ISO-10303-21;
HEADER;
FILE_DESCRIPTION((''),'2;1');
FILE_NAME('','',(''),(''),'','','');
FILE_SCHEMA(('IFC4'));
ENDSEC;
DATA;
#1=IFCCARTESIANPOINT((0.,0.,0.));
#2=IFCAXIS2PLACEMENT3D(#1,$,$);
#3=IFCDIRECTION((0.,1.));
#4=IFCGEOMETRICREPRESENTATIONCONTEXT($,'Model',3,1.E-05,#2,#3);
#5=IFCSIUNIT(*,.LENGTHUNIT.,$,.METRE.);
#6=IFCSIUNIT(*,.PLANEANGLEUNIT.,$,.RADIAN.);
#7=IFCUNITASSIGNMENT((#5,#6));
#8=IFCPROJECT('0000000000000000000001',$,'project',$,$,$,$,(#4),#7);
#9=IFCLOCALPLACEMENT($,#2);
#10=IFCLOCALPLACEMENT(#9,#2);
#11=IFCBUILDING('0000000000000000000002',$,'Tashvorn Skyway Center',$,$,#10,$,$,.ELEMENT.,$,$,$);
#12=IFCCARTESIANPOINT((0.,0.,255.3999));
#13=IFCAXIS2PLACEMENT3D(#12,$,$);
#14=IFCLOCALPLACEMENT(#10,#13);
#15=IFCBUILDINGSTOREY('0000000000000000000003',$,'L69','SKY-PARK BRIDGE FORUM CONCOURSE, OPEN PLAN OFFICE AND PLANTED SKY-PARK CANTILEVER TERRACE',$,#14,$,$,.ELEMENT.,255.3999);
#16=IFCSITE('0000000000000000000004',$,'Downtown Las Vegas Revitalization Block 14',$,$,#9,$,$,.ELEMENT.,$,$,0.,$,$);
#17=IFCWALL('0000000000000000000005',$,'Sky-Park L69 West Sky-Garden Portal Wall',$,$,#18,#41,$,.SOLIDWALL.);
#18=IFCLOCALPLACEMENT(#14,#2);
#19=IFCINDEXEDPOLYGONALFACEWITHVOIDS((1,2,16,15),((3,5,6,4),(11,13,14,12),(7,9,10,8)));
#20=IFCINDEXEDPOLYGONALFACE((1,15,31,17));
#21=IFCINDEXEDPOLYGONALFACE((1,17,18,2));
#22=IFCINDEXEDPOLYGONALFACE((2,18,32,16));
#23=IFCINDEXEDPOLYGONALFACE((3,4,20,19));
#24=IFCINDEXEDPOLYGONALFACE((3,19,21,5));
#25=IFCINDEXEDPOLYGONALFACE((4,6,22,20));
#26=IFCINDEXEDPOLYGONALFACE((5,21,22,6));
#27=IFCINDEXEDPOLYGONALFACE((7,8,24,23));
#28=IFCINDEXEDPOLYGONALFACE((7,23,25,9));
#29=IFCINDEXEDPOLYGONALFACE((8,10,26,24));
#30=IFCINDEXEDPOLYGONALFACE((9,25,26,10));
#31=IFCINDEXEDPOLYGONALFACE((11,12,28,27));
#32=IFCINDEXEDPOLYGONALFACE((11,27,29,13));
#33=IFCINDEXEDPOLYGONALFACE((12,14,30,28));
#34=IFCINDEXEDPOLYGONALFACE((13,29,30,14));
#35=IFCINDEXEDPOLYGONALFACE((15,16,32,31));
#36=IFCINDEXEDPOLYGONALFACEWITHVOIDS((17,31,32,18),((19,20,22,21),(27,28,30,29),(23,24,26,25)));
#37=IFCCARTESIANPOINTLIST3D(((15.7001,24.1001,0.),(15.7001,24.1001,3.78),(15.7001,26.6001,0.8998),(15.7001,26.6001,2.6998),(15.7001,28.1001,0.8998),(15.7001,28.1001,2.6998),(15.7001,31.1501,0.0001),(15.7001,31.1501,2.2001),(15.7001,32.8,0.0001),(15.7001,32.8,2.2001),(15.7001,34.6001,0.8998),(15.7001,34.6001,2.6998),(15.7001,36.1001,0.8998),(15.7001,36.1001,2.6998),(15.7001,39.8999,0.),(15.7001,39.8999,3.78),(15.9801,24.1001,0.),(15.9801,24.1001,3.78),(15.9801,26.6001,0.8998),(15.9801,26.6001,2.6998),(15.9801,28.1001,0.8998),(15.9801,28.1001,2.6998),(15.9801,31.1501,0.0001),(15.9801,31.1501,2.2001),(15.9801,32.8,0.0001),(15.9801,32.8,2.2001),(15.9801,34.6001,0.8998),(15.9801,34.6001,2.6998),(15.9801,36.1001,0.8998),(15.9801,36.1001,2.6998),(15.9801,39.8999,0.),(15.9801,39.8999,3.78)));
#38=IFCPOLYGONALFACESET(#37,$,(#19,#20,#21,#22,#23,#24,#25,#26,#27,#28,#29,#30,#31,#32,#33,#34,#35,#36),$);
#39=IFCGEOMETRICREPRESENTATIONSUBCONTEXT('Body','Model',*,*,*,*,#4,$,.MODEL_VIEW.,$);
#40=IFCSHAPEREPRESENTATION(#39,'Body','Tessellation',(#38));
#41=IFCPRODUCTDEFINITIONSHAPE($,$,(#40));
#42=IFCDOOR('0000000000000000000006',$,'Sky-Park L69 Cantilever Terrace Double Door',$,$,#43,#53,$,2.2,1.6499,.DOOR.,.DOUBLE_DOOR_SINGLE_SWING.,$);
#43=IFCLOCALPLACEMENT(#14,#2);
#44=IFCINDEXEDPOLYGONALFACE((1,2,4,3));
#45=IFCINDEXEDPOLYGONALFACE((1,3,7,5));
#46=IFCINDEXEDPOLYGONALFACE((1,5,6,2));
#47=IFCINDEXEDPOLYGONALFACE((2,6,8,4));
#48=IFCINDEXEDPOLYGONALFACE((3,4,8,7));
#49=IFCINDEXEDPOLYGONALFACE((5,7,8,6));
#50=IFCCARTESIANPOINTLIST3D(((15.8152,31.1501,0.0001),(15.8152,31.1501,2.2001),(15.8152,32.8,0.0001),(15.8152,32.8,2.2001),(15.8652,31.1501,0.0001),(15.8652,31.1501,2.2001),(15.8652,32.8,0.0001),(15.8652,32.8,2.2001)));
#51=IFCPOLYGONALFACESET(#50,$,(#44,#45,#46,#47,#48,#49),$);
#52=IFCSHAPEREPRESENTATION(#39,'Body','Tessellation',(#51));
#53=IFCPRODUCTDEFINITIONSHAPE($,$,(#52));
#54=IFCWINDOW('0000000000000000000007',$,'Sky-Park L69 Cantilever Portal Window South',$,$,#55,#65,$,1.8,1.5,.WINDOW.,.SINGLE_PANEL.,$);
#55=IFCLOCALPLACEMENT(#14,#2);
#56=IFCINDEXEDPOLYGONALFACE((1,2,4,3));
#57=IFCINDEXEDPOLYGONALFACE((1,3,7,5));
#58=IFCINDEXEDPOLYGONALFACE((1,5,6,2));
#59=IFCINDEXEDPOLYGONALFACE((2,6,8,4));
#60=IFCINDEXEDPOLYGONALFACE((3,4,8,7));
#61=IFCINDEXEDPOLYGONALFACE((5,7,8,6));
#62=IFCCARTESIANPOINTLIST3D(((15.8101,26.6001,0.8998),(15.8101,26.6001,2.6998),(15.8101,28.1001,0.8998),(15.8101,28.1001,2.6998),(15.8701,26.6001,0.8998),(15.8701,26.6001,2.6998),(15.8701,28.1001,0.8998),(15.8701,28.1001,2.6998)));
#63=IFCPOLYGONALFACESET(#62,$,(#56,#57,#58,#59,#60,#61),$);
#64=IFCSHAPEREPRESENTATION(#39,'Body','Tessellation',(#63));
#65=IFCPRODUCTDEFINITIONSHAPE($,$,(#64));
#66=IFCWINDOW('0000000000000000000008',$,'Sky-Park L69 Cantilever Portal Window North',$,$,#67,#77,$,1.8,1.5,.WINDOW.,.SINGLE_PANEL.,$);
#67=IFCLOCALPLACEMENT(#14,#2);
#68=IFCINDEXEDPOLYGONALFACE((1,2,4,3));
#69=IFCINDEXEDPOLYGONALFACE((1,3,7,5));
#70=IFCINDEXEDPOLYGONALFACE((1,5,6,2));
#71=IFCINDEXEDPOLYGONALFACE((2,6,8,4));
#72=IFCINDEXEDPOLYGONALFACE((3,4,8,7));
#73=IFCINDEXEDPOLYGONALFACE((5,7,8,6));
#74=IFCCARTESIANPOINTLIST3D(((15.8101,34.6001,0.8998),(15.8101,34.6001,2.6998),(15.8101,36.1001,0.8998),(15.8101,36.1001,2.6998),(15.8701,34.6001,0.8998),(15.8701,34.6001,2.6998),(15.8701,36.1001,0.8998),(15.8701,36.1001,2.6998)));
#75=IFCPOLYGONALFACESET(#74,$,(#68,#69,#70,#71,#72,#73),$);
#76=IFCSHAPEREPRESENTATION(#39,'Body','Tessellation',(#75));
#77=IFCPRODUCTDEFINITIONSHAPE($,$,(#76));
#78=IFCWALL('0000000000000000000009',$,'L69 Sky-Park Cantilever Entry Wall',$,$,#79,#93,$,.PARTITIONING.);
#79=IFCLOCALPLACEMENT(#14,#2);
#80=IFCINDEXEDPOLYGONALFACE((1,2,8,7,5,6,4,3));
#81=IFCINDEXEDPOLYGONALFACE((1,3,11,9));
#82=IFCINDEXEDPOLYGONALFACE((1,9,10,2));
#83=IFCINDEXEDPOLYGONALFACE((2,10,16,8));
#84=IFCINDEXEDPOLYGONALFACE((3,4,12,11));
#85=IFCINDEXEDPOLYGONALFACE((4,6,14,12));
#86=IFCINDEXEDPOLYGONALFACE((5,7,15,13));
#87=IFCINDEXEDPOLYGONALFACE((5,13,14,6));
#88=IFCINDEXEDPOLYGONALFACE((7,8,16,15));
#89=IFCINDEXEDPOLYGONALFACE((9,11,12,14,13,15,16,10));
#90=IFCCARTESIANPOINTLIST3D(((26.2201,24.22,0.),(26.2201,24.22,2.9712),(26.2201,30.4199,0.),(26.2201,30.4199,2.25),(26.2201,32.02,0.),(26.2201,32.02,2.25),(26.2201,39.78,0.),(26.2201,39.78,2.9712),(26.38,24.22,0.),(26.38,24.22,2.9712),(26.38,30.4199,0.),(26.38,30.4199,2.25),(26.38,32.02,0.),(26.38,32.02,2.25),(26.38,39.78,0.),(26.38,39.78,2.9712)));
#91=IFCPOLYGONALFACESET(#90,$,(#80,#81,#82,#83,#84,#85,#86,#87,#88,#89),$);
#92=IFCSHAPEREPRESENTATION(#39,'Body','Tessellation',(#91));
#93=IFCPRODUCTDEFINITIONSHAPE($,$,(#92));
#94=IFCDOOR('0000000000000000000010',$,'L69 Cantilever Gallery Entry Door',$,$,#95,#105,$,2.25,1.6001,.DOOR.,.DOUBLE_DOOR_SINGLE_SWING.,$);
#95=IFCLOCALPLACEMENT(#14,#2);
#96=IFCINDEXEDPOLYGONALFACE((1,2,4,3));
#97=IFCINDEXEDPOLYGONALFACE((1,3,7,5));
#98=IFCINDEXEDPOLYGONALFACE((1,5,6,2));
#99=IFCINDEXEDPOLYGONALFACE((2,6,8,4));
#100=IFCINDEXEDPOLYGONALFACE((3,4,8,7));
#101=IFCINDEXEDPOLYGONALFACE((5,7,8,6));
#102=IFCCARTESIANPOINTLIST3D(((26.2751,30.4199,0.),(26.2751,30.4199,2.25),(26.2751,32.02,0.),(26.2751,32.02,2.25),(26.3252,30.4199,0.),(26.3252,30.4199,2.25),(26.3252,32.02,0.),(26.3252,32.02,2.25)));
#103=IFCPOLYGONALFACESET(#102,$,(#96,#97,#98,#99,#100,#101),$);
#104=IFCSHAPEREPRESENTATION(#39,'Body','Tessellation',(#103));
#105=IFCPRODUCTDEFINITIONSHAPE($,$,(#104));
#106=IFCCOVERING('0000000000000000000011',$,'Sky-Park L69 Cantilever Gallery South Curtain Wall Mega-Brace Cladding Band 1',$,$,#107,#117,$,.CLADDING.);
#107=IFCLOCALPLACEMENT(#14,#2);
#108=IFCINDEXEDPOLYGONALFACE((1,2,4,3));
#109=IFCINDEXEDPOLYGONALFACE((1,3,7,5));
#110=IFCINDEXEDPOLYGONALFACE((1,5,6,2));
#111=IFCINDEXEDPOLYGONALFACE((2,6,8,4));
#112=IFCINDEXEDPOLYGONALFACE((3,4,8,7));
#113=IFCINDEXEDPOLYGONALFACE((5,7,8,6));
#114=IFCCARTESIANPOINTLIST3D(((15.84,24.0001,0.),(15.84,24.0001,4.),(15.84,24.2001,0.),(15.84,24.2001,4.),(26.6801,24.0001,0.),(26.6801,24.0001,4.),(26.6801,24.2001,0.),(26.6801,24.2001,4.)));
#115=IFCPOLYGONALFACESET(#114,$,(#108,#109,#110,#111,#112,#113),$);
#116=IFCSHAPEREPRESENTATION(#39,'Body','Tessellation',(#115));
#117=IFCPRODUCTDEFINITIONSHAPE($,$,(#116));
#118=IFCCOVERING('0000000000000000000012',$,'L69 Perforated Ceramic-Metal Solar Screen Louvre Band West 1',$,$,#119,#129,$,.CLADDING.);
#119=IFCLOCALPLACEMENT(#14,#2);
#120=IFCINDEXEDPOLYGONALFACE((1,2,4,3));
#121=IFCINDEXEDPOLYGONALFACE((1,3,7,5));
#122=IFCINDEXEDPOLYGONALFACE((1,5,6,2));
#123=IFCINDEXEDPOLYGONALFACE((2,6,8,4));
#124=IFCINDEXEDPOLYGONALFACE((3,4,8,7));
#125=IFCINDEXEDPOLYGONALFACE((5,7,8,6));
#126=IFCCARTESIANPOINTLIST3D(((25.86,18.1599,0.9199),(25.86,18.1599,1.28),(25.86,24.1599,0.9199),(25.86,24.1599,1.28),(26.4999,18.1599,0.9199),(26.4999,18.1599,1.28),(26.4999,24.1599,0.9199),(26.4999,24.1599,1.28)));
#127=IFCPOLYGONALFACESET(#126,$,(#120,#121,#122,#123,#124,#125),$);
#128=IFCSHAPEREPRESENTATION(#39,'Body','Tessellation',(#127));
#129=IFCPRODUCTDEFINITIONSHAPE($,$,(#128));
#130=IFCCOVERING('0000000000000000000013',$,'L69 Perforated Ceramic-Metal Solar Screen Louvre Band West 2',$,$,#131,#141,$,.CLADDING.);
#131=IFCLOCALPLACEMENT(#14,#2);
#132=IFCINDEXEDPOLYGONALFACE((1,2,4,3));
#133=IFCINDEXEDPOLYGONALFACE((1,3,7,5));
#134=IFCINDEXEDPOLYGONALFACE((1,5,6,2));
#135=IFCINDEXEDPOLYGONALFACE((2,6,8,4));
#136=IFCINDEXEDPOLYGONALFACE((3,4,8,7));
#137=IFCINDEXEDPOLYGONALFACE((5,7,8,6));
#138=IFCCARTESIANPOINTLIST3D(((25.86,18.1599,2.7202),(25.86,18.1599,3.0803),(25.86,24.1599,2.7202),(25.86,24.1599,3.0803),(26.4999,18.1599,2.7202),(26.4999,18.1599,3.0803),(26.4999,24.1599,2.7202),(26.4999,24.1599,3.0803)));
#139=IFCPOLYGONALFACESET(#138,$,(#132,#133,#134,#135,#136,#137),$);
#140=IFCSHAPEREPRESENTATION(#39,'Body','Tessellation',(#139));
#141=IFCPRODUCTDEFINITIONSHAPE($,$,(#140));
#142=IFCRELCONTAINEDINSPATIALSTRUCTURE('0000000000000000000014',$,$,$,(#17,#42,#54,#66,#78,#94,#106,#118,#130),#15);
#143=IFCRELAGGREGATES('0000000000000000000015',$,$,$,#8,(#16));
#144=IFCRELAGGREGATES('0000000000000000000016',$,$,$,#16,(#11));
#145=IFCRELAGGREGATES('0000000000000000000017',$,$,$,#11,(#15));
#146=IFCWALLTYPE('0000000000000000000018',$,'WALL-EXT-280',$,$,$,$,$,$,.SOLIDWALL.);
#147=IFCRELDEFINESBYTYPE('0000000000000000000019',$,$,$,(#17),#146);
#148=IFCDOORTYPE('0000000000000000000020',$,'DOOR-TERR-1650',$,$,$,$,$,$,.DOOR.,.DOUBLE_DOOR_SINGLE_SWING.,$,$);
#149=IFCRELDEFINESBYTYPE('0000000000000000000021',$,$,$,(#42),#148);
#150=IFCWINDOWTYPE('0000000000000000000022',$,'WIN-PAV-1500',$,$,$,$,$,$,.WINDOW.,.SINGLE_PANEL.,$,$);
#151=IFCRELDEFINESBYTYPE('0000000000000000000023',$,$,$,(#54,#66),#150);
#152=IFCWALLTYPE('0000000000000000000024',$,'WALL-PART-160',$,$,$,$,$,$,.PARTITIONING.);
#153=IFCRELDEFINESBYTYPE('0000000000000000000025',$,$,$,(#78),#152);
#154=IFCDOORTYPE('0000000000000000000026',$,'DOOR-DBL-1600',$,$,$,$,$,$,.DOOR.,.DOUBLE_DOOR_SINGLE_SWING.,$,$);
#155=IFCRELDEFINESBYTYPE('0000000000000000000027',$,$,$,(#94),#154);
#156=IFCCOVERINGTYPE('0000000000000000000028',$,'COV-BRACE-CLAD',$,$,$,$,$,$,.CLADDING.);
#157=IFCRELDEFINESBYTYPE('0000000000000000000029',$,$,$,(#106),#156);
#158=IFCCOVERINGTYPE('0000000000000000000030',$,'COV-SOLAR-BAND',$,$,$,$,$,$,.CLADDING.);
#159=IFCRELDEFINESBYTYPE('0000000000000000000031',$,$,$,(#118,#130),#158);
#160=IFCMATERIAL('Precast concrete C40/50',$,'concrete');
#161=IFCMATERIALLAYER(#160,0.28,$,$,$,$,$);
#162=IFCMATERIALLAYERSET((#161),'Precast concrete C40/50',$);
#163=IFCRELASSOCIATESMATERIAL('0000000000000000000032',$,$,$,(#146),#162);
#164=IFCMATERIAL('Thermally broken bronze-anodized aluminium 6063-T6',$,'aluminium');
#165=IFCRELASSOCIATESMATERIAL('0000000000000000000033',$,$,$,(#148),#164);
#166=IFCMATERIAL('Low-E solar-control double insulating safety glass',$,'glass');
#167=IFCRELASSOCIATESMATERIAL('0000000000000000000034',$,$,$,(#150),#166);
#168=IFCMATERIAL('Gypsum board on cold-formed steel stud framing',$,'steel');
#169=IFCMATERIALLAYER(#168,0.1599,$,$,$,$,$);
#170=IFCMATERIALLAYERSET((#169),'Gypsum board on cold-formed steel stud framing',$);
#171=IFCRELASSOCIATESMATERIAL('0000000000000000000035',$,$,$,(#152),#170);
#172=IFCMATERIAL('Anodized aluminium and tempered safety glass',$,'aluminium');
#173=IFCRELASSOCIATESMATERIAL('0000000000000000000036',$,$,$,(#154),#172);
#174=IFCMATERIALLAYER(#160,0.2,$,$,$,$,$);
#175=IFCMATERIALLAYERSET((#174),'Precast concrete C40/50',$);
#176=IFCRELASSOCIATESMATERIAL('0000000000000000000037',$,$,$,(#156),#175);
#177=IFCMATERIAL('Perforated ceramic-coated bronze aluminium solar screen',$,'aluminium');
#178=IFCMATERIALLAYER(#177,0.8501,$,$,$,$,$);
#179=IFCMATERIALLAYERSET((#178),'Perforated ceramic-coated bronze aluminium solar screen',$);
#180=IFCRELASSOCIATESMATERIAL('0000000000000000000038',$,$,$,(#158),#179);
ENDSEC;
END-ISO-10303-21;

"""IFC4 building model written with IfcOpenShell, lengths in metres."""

from ifc_helpers import new_model, si_unit, direction, frame, frame_2d, origin, origin_2d, place, context, subcontext, project, spatial, rectangle, extrude, material, layer, layer_set, type_object, element, fill, save


model = new_model("IFC4")

# Units and contexts
model_context = context("Model", 3, precision=1e-05, world=origin(), true_north=direction((0.0, 1.0)))
body_context = subcontext(model_context, "Body", "Model", "MODEL_VIEW")
ifc_project = project(units=[si_unit("LENGTHUNIT", "METRE"), si_unit("PLANEANGLEUNIT", "RADIAN")], contexts=[model_context])

# Site, building, storey
site_placement = place(None, origin())
site = spatial("IfcSite", under=ifc_project, at=site_placement, Name="Downtown Las Vegas Revitalization Block 14", CompositionType="ELEMENT", RefElevation=0.0)
building_placement = place(site_placement, origin())
building = spatial("IfcBuilding", under=site, at=building_placement, Name="Tashvorn Skyway Center", CompositionType="ELEMENT")
storey_placement = place(building_placement, frame((0.0, 0.0, 255.3999)))
storey = spatial("IfcBuildingStorey", under=building, at=storey_placement, Name="L69", Description="SKY-PARK BRIDGE FORUM CONCOURSE, OPEN PLAN OFFICE AND PLANTED SKY-PARK CANTILEVER TERRACE", CompositionType="ELEMENT", Elevation=255.3999)

# Shared definitions
ifc_material_1 = material(Name="Thermally broken bronze-anodized aluminium 6063-T6", Category="aluminium")

# Shared definitions
ifc_material_2 = material(Name="Low-E solar-control double insulating safety glass", Category="glass")

# Wall, openings, door, windows
ifc_material_3 = material(Name="Precast concrete C40/50", Category="concrete")
ifc_layer_1 = layer(ifc_material_3, 0.28)
ifc_layer_set_1 = layer_set([ifc_layer_1], Name="Precast concrete C40/50")
wall_type_1 = type_object("IfcWallType", Name="WALL-EXT-280", PredefinedType="SOLIDWALL", material=ifc_layer_set_1)
wall_1_placement = place(storey_placement, frame((15.8401, 24.1001, 0.0), z_axis=(0.0, 0.0, 1.0), x_axis=(0.0, 1.0, 0.0)))
wall_1 = element("IfcWall", 1, at=wall_1_placement, inside=storey, type_object=wall_type_1, Name="Sky-Park L69 West Sky-Garden Portal Wall", PredefinedType="SOLIDWALL", context=body_context, shape_type="SweptSolid", body=[
    extrude(rectangle(XDim=15.7998, YDim=0.28, at=frame_2d((7.8999, 0.0))), origin(), (0.0, 0.0, 1.0), 3.78),
])
opening_1_placement = place(wall_1_placement, frame((7.05, 0.0, 0.0)))
opening_1 = element("IfcOpeningElement", 2, at=opening_1_placement, cuts=wall_1, PredefinedType="OPENING", context=body_context, shape_type="SweptSolid", body=[
    extrude(rectangle(XDim=1.6499, YDim=2.2, at=frame_2d((0.825, 1.1001))), frame((0.0, 0.1499, 0.0), z_axis=(0.0, -1.0, 0.0), x_axis=(1.0, 0.0, 0.0)), (0.0, 0.0, 1.0), 0.3),
])
opening_2_placement = place(wall_1_placement, frame((2.5, 0.0, 0.8999)))
opening_2 = element("IfcOpeningElement", 3, at=opening_2_placement, cuts=wall_1, PredefinedType="OPENING", context=body_context, shape_type="SweptSolid", body=[
    extrude(rectangle(XDim=1.5, YDim=1.8, at=frame_2d((0.75, 0.8999))), frame((0.0, 0.1499, 0.0), z_axis=(0.0, -1.0, 0.0), x_axis=(1.0, 0.0, 0.0)), (0.0, 0.0, 1.0), 0.3),
])
opening_3_placement = place(wall_1_placement, frame((10.5, 0.0, 0.8999)))
opening_3 = element("IfcOpeningElement", 4, at=opening_3_placement, cuts=wall_1, PredefinedType="OPENING", context=body_context, shape_type="SweptSolid", body=[
    extrude(rectangle(XDim=1.5, YDim=1.8, at=frame_2d((0.75, 0.8999))), frame((0.0, 0.1499, 0.0), z_axis=(0.0, -1.0, 0.0), x_axis=(1.0, 0.0, 0.0)), (0.0, 0.0, 1.0), 0.3),
])
door_type_1 = type_object("IfcDoorType", Name="DOOR-TERR-1650", OperationType="DOUBLE_DOOR_SINGLE_SWING", PredefinedType="DOOR", material=ifc_material_1)
door_1_placement = place(opening_1_placement, origin())
door_1 = element("IfcDoor", 5, at=door_1_placement, inside=storey, type_object=door_type_1, Name="Sky-Park L69 Cantilever Terrace Double Door", OperationType="DOUBLE_DOOR_SINGLE_SWING", OverallHeight=2.2, OverallWidth=1.6499, PredefinedType="DOOR", context=body_context, shape_type="SweptSolid", body=[
    extrude(rectangle(XDim=1.6499, YDim=2.2, at=frame_2d((0.825, 1.1001))), frame((0.0, 0.0249, 0.0), z_axis=(0.0, -1.0, 0.0), x_axis=(1.0, 0.0, 0.0)), (0.0, 0.0, 1.0), 0.05),
])
fill(opening_1, door_1)
window_type = type_object("IfcWindowType", Name="WIN-PAV-1500", PartitioningType="SINGLE_PANEL", PredefinedType="WINDOW", material=ifc_material_2)
window_1_placement = place(opening_2_placement, origin())
window_1 = element("IfcWindow", 6, at=window_1_placement, inside=storey, type_object=window_type, Name="Sky-Park L69 Cantilever Portal Window South", OverallHeight=1.8, OverallWidth=1.5, PartitioningType="SINGLE_PANEL", PredefinedType="WINDOW", context=body_context, shape_type="SweptSolid", body=[
    extrude(rectangle(XDim=1.5, YDim=1.8, at=frame_2d((0.75, 0.8999))), frame((0.0, 0.03, 0.0), z_axis=(0.0, -1.0, 0.0), x_axis=(1.0, 0.0, 0.0)), (0.0, 0.0, 1.0), 0.0601),
])
fill(opening_2, window_1)
window_2_placement = place(opening_3_placement, origin())
window_2 = element("IfcWindow", 7, at=window_2_placement, inside=storey, type_object=window_type, Name="Sky-Park L69 Cantilever Portal Window North", OverallHeight=1.8, OverallWidth=1.5, PartitioningType="SINGLE_PANEL", PredefinedType="WINDOW", context=body_context, shape_type="SweptSolid", body=[
    extrude(rectangle(XDim=1.5, YDim=1.8, at=frame_2d((0.75, 0.8999))), frame((0.0, 0.03, 0.0), z_axis=(0.0, -1.0, 0.0), x_axis=(1.0, 0.0, 0.0)), (0.0, 0.0, 1.0), 0.0601),
])
fill(opening_3, window_2)

# Wall, opening, door
ifc_material_4 = material(Name="Gypsum board on cold-formed steel stud framing", Category="steel")
ifc_layer_2 = layer(ifc_material_4, 0.1599)
ifc_layer_set_2 = layer_set([ifc_layer_2], Name="Gypsum board on cold-formed steel stud framing")
wall_type_2 = type_object("IfcWallType", Name="WALL-PART-160", PredefinedType="PARTITIONING", material=ifc_layer_set_2)
wall_2_placement = place(storey_placement, frame((26.3, 24.22, 0.0), z_axis=(0.0, 0.0, 1.0), x_axis=(0.0, 1.0, 0.0)))
wall_2 = element("IfcWall", 8, at=wall_2_placement, inside=storey, type_object=wall_type_2, Name="L69 Sky-Park Cantilever Entry Wall", PredefinedType="PARTITIONING", context=body_context, shape_type="SweptSolid", body=[
    extrude(rectangle(XDim=15.5601, YDim=0.1599, at=frame_2d((7.78, 0.0))), origin(), (0.0, 0.0, 1.0), 2.9712),
])
opening_4_placement = place(wall_2_placement, frame((6.2, 0.0, 0.0)))
opening_4 = element("IfcOpeningElement", 9, at=opening_4_placement, cuts=wall_2, PredefinedType="OPENING", context=body_context, shape_type="SweptSolid", body=[
    extrude(rectangle(XDim=1.6001, YDim=2.25, at=frame_2d((0.8, 1.125))), frame((0.0, 0.0898, 0.0), z_axis=(0.0, -1.0, 0.0), x_axis=(1.0, 0.0, 0.0)), (0.0, 0.0, 1.0), 0.1799),
])
ifc_material_5 = material(Name="Anodized aluminium and tempered safety glass", Category="aluminium")
door_type_2 = type_object("IfcDoorType", Name="DOOR-DBL-1600", OperationType="DOUBLE_DOOR_SINGLE_SWING", PredefinedType="DOOR", material=ifc_material_5)
door_2_placement = place(opening_4_placement, origin())
door_2 = element("IfcDoor", 10, at=door_2_placement, inside=storey, type_object=door_type_2, Name="L69 Cantilever Gallery Entry Door", OperationType="DOUBLE_DOOR_SINGLE_SWING", OverallHeight=2.25, OverallWidth=1.6001, PredefinedType="DOOR", context=body_context, shape_type="SweptSolid", body=[
    extrude(rectangle(XDim=1.6001, YDim=2.25, at=frame_2d((0.8, 1.125))), frame((0.0, 0.0249, 0.0), z_axis=(0.0, -1.0, 0.0), x_axis=(1.0, 0.0, 0.0)), (0.0, 0.0, 1.0), 0.05),
])
fill(opening_4, door_2)

# Coverings
ifc_layer_3 = layer(ifc_material_3, 0.2)
ifc_layer_set_3 = layer_set([ifc_layer_3], Name="Precast concrete C40/50")
covering_type_1 = type_object("IfcCoveringType", Name="COV-BRACE-CLAD", PredefinedType="CLADDING", material=ifc_layer_set_3)
covering_placement = place(storey_placement, frame((21.26, 24.1001, 0.0), z_axis=(0.0, 0.0, 1.0), x_axis=(-1.0, 0.0, 0.0)))
element("IfcCovering", 11, at=covering_placement, inside=storey, type_object=covering_type_1, Name="Sky-Park L69 Cantilever Gallery South Curtain Wall Mega-Brace Cladding Band 1", PredefinedType="CLADDING", context=body_context, shape_type="SweptSolid", body=[
    extrude(rectangle(XDim=10.8401, YDim=0.2, at=origin_2d()), origin(), (0.0, 0.0, 1.0), 4.0),
])
ifc_material_6 = material(Name="Perforated ceramic-coated bronze aluminium solar screen", Category="aluminium")
ifc_layer_4 = layer(ifc_material_6, 0.8501)
ifc_layer_set_4 = layer_set([ifc_layer_4], Name="Perforated ceramic-coated bronze aluminium solar screen")
covering_type_2 = type_object("IfcCoveringType", Name="COV-SOLAR-BAND", PredefinedType="CLADDING", material=ifc_layer_set_4)
for number, where, z_axis, x_axis, name in (
    (12, (26.1799, 21.1599, 0.9199), (0.0, 0.0, 1.0), (0.0, 1.0, 0.0), "L69 Perforated Ceramic-Metal Solar Screen Louvre Band West 1"),
    (13, (26.1799, 21.1599, 2.7202), (0.0, 0.0, 1.0), (0.0, 1.0, 0.0), "L69 Perforated Ceramic-Metal Solar Screen Louvre Band West 2"),
):
    element("IfcCovering", number, at=place(storey_placement, frame(where, z_axis=z_axis, x_axis=x_axis)), inside=storey, type_object=covering_type_2, Name=name, PredefinedType="CLADDING", context=body_context, shape_type="SweptSolid", body=[
        extrude(rectangle(XDim=6.0, YDim=0.6399, at=origin_2d()), origin(), (0.0, 0.0, 1.0), 0.3601),
    ])

save(model, "model.ifc")
